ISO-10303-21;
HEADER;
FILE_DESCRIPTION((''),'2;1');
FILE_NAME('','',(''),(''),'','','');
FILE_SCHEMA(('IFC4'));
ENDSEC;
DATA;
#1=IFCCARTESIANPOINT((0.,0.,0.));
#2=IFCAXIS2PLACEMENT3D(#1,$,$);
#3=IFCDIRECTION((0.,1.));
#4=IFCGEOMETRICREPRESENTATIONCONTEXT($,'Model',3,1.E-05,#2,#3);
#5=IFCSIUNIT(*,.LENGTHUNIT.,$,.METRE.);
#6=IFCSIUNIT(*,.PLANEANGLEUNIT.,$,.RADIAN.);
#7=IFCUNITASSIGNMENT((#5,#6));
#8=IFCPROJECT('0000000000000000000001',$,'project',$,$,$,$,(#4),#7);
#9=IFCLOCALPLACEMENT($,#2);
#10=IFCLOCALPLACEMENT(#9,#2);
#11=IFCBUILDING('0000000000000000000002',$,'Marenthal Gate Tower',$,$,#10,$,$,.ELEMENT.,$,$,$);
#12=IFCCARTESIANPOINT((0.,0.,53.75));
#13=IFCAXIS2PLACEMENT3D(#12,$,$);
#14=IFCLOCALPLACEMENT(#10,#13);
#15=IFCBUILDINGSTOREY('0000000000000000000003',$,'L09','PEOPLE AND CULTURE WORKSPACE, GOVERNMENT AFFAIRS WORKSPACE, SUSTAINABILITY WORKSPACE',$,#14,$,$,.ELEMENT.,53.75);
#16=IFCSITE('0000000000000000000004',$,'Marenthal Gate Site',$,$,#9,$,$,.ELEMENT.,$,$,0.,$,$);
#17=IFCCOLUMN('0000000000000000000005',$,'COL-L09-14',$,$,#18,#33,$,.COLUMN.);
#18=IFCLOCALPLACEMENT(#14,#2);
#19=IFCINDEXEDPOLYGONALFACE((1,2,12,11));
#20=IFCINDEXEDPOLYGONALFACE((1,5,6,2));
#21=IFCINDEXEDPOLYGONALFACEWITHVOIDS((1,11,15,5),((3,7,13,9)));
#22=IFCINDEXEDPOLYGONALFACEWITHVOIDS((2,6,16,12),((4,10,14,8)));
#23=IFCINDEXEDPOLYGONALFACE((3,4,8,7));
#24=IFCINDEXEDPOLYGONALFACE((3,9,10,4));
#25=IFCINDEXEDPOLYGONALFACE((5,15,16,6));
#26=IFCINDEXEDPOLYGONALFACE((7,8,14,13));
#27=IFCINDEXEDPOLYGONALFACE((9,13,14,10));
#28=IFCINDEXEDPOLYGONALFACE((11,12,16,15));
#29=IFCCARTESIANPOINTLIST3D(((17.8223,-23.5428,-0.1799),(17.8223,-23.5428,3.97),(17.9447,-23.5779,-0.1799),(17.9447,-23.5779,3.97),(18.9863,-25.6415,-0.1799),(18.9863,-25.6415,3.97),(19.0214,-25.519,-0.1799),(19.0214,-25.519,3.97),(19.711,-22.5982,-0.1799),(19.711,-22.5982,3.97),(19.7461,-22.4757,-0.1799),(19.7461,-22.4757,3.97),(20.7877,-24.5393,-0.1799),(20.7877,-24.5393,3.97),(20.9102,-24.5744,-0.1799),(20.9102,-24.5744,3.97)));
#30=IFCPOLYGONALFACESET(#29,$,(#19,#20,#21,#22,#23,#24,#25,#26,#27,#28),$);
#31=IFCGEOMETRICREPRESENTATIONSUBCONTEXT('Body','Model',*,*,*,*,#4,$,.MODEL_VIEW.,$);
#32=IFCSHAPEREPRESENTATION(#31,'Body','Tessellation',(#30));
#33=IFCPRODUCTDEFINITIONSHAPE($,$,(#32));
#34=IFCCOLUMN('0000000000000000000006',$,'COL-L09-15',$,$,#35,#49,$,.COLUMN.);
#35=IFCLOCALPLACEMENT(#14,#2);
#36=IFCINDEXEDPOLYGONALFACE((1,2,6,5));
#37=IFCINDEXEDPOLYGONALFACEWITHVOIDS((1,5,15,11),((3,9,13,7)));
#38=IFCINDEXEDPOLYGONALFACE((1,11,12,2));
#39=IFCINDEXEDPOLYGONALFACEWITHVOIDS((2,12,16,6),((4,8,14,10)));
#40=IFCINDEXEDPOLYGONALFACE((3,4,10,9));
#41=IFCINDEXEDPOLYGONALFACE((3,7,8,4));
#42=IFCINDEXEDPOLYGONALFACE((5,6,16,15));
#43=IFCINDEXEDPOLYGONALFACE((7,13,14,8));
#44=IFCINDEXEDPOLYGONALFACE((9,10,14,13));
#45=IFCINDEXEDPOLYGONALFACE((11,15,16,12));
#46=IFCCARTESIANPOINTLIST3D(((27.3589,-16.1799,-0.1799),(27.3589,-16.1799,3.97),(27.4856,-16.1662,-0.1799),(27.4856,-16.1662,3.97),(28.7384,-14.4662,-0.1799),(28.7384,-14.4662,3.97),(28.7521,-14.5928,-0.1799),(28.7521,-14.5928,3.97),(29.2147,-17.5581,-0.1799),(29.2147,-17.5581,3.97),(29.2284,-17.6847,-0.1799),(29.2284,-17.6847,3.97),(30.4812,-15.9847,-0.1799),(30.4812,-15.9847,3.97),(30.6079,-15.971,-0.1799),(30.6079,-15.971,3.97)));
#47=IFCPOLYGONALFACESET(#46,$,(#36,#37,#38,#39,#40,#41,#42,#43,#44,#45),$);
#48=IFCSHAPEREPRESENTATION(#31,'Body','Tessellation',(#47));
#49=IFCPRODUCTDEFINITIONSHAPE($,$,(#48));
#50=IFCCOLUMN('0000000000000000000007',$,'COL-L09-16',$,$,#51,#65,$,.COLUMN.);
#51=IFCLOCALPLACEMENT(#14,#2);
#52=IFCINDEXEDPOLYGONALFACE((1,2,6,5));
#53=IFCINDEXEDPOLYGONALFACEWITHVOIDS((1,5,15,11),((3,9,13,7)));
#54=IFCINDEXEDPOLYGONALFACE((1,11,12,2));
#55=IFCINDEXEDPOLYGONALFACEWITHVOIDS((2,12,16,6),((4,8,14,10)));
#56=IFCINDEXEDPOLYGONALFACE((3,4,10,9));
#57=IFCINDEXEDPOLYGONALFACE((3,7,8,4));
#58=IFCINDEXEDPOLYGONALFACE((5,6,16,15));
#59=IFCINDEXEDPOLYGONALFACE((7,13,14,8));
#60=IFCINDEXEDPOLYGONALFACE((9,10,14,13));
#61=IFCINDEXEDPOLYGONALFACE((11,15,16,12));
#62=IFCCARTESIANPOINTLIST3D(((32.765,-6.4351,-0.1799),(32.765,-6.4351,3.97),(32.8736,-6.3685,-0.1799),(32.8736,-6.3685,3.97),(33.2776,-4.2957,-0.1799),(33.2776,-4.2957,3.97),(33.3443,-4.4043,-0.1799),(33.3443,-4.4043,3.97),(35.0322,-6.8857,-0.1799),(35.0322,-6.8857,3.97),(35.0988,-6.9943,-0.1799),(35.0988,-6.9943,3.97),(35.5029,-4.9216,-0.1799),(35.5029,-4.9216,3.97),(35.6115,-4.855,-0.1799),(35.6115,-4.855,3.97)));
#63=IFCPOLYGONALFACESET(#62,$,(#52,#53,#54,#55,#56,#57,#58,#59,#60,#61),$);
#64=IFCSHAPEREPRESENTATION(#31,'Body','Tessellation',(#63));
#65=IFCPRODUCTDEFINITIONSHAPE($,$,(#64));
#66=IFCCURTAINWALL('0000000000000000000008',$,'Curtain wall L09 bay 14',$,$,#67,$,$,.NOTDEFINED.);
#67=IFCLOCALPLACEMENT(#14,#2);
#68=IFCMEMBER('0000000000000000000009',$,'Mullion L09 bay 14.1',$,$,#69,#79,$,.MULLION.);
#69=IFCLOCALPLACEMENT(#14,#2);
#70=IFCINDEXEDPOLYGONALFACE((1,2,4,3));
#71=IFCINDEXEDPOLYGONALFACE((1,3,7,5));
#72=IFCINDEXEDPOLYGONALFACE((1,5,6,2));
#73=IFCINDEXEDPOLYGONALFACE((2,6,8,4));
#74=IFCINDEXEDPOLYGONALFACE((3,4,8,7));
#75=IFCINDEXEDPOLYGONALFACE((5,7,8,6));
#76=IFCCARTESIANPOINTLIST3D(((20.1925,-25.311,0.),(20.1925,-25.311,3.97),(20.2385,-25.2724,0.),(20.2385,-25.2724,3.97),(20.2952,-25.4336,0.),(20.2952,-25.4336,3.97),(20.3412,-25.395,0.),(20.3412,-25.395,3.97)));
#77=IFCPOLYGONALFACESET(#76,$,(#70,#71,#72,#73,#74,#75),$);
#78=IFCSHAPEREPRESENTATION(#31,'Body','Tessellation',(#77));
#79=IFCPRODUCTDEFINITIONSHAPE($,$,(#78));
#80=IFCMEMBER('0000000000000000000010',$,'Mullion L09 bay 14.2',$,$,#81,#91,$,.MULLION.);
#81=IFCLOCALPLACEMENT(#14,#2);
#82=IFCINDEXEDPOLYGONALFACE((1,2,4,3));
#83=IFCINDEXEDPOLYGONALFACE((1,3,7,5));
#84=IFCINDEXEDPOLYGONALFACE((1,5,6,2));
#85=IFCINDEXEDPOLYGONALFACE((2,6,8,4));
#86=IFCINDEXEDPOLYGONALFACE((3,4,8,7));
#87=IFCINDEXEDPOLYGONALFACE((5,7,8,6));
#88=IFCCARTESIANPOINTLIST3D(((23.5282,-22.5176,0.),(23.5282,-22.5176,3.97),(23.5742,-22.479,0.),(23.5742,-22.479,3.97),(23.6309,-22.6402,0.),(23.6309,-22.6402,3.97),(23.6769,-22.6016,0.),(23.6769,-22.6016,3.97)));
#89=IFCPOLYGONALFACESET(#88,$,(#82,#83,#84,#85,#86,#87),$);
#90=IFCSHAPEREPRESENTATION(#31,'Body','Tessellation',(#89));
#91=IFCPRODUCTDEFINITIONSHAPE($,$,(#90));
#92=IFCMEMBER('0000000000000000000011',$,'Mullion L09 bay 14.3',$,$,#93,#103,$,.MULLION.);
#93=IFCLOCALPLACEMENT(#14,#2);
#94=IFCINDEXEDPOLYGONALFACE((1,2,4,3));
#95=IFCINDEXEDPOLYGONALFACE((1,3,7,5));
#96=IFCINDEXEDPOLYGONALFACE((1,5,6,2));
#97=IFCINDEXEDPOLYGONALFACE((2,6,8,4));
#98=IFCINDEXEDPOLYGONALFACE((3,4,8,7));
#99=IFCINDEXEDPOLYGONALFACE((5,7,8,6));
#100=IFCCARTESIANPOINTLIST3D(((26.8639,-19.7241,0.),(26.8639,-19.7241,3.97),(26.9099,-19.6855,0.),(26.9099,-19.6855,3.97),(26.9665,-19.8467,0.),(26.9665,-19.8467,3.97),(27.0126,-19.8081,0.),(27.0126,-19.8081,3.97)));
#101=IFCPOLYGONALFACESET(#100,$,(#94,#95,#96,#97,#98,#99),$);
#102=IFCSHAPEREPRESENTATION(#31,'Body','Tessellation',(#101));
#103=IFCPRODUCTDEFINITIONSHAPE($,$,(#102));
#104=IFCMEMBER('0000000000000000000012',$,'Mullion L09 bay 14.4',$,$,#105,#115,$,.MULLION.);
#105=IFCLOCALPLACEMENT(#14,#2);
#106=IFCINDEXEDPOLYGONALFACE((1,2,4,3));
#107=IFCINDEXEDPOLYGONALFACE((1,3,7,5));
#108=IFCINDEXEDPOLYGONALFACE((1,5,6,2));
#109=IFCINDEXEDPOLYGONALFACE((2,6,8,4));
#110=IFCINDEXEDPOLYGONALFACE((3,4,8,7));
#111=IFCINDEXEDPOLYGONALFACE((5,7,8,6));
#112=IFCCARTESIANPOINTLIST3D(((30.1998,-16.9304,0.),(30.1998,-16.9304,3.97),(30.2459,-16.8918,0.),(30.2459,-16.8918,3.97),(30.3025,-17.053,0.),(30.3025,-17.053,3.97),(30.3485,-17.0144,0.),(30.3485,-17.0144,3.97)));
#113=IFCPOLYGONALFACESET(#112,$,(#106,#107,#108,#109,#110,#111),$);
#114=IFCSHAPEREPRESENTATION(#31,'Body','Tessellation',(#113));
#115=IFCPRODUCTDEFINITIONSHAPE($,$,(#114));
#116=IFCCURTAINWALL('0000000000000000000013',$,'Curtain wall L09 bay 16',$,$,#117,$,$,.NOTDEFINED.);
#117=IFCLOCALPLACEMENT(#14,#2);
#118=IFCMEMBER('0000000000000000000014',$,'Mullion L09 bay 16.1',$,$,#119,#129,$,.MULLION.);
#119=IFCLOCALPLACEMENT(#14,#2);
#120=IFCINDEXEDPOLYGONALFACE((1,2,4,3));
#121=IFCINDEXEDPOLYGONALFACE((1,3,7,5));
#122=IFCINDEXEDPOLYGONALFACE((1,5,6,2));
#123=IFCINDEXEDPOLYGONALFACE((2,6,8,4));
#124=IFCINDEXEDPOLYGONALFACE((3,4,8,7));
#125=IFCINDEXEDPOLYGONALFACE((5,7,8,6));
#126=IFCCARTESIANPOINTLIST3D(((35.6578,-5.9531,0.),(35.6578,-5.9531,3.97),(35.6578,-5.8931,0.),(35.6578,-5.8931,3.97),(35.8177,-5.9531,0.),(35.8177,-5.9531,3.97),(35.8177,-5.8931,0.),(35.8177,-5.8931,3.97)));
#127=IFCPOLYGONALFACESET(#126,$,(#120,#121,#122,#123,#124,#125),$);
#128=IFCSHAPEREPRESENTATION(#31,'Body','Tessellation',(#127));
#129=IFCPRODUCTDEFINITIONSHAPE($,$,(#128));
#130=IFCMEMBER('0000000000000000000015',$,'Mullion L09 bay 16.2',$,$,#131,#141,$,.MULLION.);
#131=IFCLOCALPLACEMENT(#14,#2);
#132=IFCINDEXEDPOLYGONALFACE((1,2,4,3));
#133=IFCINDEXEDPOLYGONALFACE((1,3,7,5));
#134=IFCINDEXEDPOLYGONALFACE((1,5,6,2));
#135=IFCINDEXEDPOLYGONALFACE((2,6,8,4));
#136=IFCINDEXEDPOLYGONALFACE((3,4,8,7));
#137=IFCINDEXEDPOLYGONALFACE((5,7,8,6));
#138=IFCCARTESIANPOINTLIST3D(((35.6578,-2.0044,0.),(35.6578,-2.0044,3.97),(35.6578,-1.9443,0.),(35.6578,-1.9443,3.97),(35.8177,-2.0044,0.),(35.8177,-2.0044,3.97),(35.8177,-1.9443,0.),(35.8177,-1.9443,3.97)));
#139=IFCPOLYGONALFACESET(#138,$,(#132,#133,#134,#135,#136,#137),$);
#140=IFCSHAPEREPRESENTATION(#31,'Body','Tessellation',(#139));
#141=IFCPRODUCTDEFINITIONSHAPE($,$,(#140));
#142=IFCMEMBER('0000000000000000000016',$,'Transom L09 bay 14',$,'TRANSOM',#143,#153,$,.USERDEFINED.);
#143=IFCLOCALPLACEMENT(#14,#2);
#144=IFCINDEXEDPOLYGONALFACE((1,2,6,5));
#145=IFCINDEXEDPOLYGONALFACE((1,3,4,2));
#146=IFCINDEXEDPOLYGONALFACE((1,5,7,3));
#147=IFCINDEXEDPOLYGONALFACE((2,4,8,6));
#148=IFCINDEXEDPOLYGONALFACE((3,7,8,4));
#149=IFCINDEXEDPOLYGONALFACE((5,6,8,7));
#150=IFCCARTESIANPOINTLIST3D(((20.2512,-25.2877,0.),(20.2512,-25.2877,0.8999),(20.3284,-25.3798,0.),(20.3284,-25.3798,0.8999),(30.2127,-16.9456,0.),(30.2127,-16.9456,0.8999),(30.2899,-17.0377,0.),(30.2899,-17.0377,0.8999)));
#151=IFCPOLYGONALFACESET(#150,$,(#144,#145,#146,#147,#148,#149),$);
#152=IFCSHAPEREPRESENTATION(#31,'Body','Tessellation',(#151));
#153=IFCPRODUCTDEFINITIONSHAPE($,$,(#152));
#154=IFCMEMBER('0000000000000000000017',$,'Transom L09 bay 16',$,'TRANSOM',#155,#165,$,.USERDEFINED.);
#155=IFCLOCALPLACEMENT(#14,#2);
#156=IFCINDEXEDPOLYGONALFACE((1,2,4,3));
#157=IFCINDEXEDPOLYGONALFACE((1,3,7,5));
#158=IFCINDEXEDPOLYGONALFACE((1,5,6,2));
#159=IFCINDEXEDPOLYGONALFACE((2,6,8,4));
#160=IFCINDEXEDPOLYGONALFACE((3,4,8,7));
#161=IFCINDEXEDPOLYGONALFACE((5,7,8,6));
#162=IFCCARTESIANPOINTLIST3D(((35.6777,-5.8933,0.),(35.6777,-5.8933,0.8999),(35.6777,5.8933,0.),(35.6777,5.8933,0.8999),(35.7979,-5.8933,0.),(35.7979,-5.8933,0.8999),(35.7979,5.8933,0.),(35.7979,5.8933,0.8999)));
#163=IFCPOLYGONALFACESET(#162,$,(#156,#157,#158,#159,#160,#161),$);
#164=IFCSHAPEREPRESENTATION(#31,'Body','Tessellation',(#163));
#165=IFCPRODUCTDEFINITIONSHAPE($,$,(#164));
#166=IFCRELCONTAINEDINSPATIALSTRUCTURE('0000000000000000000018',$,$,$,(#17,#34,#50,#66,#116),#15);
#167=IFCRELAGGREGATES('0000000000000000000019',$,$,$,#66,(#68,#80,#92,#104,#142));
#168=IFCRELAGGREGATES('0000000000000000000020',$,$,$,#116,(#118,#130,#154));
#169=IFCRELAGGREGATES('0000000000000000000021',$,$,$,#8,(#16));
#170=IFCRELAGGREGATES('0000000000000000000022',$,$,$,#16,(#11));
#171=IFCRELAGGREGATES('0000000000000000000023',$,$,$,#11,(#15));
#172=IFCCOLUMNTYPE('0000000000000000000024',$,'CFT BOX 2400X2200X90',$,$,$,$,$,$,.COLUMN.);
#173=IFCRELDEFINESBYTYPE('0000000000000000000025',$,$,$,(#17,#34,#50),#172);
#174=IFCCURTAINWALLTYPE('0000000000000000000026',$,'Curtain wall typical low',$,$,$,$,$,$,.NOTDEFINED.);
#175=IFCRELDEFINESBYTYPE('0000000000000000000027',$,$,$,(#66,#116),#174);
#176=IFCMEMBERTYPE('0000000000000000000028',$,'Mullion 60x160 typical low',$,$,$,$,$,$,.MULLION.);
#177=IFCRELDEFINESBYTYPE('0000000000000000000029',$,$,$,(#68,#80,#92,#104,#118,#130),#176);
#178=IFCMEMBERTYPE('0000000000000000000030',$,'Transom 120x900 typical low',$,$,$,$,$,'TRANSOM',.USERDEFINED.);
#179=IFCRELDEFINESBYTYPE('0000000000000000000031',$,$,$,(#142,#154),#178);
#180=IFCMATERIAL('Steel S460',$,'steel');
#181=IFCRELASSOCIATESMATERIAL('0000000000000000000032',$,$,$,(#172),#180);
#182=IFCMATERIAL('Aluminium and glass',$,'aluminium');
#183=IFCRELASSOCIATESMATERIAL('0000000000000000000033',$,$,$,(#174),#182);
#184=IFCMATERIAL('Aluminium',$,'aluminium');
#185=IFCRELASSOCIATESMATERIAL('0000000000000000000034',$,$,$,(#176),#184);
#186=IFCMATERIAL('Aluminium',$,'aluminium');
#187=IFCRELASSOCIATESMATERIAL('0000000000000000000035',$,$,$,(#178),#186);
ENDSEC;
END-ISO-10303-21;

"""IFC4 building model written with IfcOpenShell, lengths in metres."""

from ifc_helpers import new_model, si_unit, direction, frame, origin, origin_2d, place, context, subcontext, project, spatial, rectangle, hollow_rectangle, extrude, material, material_profile, profile_set, type_object, element, aggregate, save


model = new_model("IFC4")

# Units and contexts
model_context = context("Model", 3, precision=1e-05, world=origin(), true_north=direction((0.0, 1.0)))
body_context = subcontext(model_context, "Body", "Model", "MODEL_VIEW")
ifc_project = project(units=[si_unit("LENGTHUNIT", "METRE"), si_unit("PLANEANGLEUNIT", "RADIAN")], contexts=[model_context])

# Site, building, storey
site_placement = place(None, origin())
site = spatial("IfcSite", under=ifc_project, at=site_placement, Name="Marenthal Gate Site", CompositionType="ELEMENT", RefElevation=0.0)
building_placement = place(site_placement, origin())
building = spatial("IfcBuilding", under=site, at=building_placement, Name="Marenthal Gate Tower", CompositionType="ELEMENT")
storey_placement = place(building_placement, frame((0.0, 0.0, 53.75)))
storey = spatial("IfcBuildingStorey", under=building, at=storey_placement, Name="L09", Description="PEOPLE AND CULTURE WORKSPACE, GOVERNMENT AFFAIRS WORKSPACE, SUSTAINABILITY WORKSPACE", CompositionType="ELEMENT", Elevation=53.75)

# Columns
ifc_material_1 = material(Name="Steel S460", Category="steel")
ifc_material_profile_1 = material_profile(ifc_material_1, hollow_rectangle(XDim=2.2, YDim=2.3999, WallThickness=0.0901, at=origin_2d()), Name="CFT BOX 2400X2200X90")
ifc_material_2 = material(Name="Concrete 70 MPa", Category="concrete")
ifc_material_profile_2 = material_profile(ifc_material_2, rectangle(XDim=2.02, YDim=2.22, at=origin_2d()), Name="CFT BOX 2400X2200X90 INFILL")
ifc_profile_set_1 = profile_set([ifc_material_profile_1, ifc_material_profile_2], Name="Steel S460 shell, Concrete 70 MPa infill")
column_type = type_object("IfcColumnType", Name="CFT BOX 2400X2200X90", PredefinedType="COLUMN", material=ifc_profile_set_1)
for number, where, z_axis, x_axis, name in (
    (1, (19.3662, -24.0586, -0.1799), (0.0, 0.0, 1.0), (-0.874496, -0.485032, 0.0), "COL-L09-14"),
    (2, (28.9834, -16.0754, -0.1799), (0.0, 0.0, 1.0), (-0.627046, -0.778982, 0.0), "COL-L09-15"),
    (3, (34.1882, -5.645, -0.1799), (0.0, 0.0, 1.0), (-0.233033, -0.972469, 0.0), "COL-L09-16"),
):
    element("IfcColumn", number, at=place(storey_placement, frame(where, z_axis=z_axis, x_axis=x_axis)), inside=storey, type_object=column_type, Name=name, PredefinedType="COLUMN", context=body_context, shape_type="SweptSolid", body=[
        extrude(hollow_rectangle(XDim=2.2, YDim=2.3999, WallThickness=0.0901, at=origin_2d()), origin(), (0.0, 0.0, 1.0), 4.1499),
    ])

# Curtain walls, members
ifc_material_3 = material(Name="Aluminium and glass", Category="aluminium")
curtain_wall_type = type_object("IfcCurtainWallType", Name="Curtain wall typical low", PredefinedType="NOTDEFINED", material=ifc_material_3)
curtain_wall_1_placement = place(storey_placement, origin())
curtain_wall_1 = element("IfcCurtainWall", 4, at=curtain_wall_1_placement, inside=storey, type_object=curtain_wall_type, Name="Curtain wall L09 bay 14", PredefinedType="NOTDEFINED")
ifc_material_4 = material(Name="Aluminium", Category="aluminium")
ifc_material_profile_3 = material_profile(ifc_material_4, rectangle(XDim=0.1599, YDim=0.0601, at=origin_2d()), Name="60x160 aluminium mullion")
ifc_profile_set_2 = profile_set([ifc_material_profile_3], Name="Aluminium")
member_type_1 = type_object("IfcMemberType", Name="Mullion 60x160 typical low", PredefinedType="MULLION", material=ifc_profile_set_2)
member_1_placement = place(storey_placement, frame((20.2668, -25.353, 0.0), z_axis=(0.0, 0.0, 1.0), x_axis=(-0.642047, 0.766665, 0.0)))
member_1 = element("IfcMember", 5, at=member_1_placement, type_object=member_type_1, Name="Mullion L09 bay 14.1", PredefinedType="MULLION", context=body_context, shape_type="SweptSolid", body=[
    extrude(rectangle(XDim=0.1599, YDim=0.0601, at=origin_2d()), origin(), (0.0, 0.0, 1.0), 3.97),
])
member_2_placement = place(storey_placement, frame((23.6025, -22.5596, 0.0), z_axis=(0.0, 0.0, 1.0), x_axis=(-0.642047, 0.766665, 0.0)))
member_2 = element("IfcMember", 6, at=member_2_placement, type_object=member_type_1, Name="Mullion L09 bay 14.2", PredefinedType="MULLION", context=body_context, shape_type="SweptSolid", body=[
    extrude(rectangle(XDim=0.1599, YDim=0.0601, at=origin_2d()), origin(), (0.0, 0.0, 1.0), 3.97),
])
member_3_placement = place(storey_placement, frame((26.9382, -19.7661, 0.0), z_axis=(0.0, 0.0, 1.0), x_axis=(-0.642047, 0.766665, 0.0)))
member_3 = element("IfcMember", 7, at=member_3_placement, type_object=member_type_1, Name="Mullion L09 bay 14.3", PredefinedType="MULLION", context=body_context, shape_type="SweptSolid", body=[
    extrude(rectangle(XDim=0.1599, YDim=0.0601, at=origin_2d()), origin(), (0.0, 0.0, 1.0), 3.97),
])
member_4_placement = place(storey_placement, frame((30.2742, -16.9724, 0.0), z_axis=(0.0, 0.0, 1.0), x_axis=(-0.642047, 0.766665, 0.0)))
member_4 = element("IfcMember", 8, at=member_4_placement, type_object=member_type_1, Name="Mullion L09 bay 14.4", PredefinedType="MULLION", context=body_context, shape_type="SweptSolid", body=[
    extrude(rectangle(XDim=0.1599, YDim=0.0601, at=origin_2d()), origin(), (0.0, 0.0, 1.0), 3.97),
])
curtain_wall_2_placement = place(storey_placement, origin())
curtain_wall_2 = element("IfcCurtainWall", 9, at=curtain_wall_2_placement, inside=storey, type_object=curtain_wall_type, Name="Curtain wall L09 bay 16", PredefinedType="NOTDEFINED")
member_5_placement = place(storey_placement, frame((35.7378, -5.9231, 0.0), z_axis=(0.0, 0.0, 1.0), x_axis=(-1.0, 0.0, 0.0)))
member_5 = element("IfcMember", 10, at=member_5_placement, type_object=member_type_1, Name="Mullion L09 bay 16.1", PredefinedType="MULLION", context=body_context, shape_type="SweptSolid", body=[
    extrude(rectangle(XDim=0.1599, YDim=0.0601, at=origin_2d()), origin(), (0.0, 0.0, 1.0), 3.97),
])
member_6_placement = place(storey_placement, frame((35.7378, -1.9744, 0.0), z_axis=(0.0, 0.0, 1.0), x_axis=(-1.0, 0.0, 0.0)))
member_6 = element("IfcMember", 11, at=member_6_placement, type_object=member_type_1, Name="Mullion L09 bay 16.2", PredefinedType="MULLION", context=body_context, shape_type="SweptSolid", body=[
    extrude(rectangle(XDim=0.1599, YDim=0.0601, at=origin_2d()), origin(), (0.0, 0.0, 1.0), 3.97),
])

# Members
ifc_material_5 = material(Name="Aluminium", Category="aluminium")
ifc_material_profile_4 = material_profile(ifc_material_5, rectangle(XDim=0.1201, YDim=0.8999, at=origin_2d()), Name="120x900 aluminium transom")
ifc_profile_set_3 = profile_set([ifc_material_profile_4], Name="Aluminium")
member_type_2 = type_object("IfcMemberType", Name="Transom 120x900 typical low", ElementType="TRANSOM", PredefinedType="USERDEFINED", material=ifc_profile_set_3)
member_7_placement = place(storey_placement, frame((20.2898, -25.3337, 0.45), z_axis=(0.766673, 0.642038, 0.0), x_axis=(-0.642038, 0.766673, 0.0)))
member_7 = element("IfcMember", 12, at=member_7_placement, type_object=member_type_2, Name="Transom L09 bay 14", ObjectType="TRANSOM", PredefinedType="USERDEFINED", context=body_context, shape_type="SweptSolid", body=[
    extrude(rectangle(XDim=0.1201, YDim=0.8999, at=origin_2d()), origin(), (0.0, 0.0, 1.0), 12.9932),
])
member_8_placement = place(storey_placement, frame((35.7378, -5.8933, 0.45), z_axis=(0.0, 1.0, 0.0), x_axis=(-1.0, 0.0, 0.0)))
member_8 = element("IfcMember", 13, at=member_8_placement, type_object=member_type_2, Name="Transom L09 bay 16", ObjectType="TRANSOM", PredefinedType="USERDEFINED", context=body_context, shape_type="SweptSolid", body=[
    extrude(rectangle(XDim=0.1201, YDim=0.8999, at=origin_2d()), origin(), (0.0, 0.0, 1.0), 11.7866),
])

aggregate(curtain_wall_1, [member_1, member_2, member_3, member_4, member_7])
aggregate(curtain_wall_2, [member_5, member_6, member_8])

save(model, "model.ifc")
